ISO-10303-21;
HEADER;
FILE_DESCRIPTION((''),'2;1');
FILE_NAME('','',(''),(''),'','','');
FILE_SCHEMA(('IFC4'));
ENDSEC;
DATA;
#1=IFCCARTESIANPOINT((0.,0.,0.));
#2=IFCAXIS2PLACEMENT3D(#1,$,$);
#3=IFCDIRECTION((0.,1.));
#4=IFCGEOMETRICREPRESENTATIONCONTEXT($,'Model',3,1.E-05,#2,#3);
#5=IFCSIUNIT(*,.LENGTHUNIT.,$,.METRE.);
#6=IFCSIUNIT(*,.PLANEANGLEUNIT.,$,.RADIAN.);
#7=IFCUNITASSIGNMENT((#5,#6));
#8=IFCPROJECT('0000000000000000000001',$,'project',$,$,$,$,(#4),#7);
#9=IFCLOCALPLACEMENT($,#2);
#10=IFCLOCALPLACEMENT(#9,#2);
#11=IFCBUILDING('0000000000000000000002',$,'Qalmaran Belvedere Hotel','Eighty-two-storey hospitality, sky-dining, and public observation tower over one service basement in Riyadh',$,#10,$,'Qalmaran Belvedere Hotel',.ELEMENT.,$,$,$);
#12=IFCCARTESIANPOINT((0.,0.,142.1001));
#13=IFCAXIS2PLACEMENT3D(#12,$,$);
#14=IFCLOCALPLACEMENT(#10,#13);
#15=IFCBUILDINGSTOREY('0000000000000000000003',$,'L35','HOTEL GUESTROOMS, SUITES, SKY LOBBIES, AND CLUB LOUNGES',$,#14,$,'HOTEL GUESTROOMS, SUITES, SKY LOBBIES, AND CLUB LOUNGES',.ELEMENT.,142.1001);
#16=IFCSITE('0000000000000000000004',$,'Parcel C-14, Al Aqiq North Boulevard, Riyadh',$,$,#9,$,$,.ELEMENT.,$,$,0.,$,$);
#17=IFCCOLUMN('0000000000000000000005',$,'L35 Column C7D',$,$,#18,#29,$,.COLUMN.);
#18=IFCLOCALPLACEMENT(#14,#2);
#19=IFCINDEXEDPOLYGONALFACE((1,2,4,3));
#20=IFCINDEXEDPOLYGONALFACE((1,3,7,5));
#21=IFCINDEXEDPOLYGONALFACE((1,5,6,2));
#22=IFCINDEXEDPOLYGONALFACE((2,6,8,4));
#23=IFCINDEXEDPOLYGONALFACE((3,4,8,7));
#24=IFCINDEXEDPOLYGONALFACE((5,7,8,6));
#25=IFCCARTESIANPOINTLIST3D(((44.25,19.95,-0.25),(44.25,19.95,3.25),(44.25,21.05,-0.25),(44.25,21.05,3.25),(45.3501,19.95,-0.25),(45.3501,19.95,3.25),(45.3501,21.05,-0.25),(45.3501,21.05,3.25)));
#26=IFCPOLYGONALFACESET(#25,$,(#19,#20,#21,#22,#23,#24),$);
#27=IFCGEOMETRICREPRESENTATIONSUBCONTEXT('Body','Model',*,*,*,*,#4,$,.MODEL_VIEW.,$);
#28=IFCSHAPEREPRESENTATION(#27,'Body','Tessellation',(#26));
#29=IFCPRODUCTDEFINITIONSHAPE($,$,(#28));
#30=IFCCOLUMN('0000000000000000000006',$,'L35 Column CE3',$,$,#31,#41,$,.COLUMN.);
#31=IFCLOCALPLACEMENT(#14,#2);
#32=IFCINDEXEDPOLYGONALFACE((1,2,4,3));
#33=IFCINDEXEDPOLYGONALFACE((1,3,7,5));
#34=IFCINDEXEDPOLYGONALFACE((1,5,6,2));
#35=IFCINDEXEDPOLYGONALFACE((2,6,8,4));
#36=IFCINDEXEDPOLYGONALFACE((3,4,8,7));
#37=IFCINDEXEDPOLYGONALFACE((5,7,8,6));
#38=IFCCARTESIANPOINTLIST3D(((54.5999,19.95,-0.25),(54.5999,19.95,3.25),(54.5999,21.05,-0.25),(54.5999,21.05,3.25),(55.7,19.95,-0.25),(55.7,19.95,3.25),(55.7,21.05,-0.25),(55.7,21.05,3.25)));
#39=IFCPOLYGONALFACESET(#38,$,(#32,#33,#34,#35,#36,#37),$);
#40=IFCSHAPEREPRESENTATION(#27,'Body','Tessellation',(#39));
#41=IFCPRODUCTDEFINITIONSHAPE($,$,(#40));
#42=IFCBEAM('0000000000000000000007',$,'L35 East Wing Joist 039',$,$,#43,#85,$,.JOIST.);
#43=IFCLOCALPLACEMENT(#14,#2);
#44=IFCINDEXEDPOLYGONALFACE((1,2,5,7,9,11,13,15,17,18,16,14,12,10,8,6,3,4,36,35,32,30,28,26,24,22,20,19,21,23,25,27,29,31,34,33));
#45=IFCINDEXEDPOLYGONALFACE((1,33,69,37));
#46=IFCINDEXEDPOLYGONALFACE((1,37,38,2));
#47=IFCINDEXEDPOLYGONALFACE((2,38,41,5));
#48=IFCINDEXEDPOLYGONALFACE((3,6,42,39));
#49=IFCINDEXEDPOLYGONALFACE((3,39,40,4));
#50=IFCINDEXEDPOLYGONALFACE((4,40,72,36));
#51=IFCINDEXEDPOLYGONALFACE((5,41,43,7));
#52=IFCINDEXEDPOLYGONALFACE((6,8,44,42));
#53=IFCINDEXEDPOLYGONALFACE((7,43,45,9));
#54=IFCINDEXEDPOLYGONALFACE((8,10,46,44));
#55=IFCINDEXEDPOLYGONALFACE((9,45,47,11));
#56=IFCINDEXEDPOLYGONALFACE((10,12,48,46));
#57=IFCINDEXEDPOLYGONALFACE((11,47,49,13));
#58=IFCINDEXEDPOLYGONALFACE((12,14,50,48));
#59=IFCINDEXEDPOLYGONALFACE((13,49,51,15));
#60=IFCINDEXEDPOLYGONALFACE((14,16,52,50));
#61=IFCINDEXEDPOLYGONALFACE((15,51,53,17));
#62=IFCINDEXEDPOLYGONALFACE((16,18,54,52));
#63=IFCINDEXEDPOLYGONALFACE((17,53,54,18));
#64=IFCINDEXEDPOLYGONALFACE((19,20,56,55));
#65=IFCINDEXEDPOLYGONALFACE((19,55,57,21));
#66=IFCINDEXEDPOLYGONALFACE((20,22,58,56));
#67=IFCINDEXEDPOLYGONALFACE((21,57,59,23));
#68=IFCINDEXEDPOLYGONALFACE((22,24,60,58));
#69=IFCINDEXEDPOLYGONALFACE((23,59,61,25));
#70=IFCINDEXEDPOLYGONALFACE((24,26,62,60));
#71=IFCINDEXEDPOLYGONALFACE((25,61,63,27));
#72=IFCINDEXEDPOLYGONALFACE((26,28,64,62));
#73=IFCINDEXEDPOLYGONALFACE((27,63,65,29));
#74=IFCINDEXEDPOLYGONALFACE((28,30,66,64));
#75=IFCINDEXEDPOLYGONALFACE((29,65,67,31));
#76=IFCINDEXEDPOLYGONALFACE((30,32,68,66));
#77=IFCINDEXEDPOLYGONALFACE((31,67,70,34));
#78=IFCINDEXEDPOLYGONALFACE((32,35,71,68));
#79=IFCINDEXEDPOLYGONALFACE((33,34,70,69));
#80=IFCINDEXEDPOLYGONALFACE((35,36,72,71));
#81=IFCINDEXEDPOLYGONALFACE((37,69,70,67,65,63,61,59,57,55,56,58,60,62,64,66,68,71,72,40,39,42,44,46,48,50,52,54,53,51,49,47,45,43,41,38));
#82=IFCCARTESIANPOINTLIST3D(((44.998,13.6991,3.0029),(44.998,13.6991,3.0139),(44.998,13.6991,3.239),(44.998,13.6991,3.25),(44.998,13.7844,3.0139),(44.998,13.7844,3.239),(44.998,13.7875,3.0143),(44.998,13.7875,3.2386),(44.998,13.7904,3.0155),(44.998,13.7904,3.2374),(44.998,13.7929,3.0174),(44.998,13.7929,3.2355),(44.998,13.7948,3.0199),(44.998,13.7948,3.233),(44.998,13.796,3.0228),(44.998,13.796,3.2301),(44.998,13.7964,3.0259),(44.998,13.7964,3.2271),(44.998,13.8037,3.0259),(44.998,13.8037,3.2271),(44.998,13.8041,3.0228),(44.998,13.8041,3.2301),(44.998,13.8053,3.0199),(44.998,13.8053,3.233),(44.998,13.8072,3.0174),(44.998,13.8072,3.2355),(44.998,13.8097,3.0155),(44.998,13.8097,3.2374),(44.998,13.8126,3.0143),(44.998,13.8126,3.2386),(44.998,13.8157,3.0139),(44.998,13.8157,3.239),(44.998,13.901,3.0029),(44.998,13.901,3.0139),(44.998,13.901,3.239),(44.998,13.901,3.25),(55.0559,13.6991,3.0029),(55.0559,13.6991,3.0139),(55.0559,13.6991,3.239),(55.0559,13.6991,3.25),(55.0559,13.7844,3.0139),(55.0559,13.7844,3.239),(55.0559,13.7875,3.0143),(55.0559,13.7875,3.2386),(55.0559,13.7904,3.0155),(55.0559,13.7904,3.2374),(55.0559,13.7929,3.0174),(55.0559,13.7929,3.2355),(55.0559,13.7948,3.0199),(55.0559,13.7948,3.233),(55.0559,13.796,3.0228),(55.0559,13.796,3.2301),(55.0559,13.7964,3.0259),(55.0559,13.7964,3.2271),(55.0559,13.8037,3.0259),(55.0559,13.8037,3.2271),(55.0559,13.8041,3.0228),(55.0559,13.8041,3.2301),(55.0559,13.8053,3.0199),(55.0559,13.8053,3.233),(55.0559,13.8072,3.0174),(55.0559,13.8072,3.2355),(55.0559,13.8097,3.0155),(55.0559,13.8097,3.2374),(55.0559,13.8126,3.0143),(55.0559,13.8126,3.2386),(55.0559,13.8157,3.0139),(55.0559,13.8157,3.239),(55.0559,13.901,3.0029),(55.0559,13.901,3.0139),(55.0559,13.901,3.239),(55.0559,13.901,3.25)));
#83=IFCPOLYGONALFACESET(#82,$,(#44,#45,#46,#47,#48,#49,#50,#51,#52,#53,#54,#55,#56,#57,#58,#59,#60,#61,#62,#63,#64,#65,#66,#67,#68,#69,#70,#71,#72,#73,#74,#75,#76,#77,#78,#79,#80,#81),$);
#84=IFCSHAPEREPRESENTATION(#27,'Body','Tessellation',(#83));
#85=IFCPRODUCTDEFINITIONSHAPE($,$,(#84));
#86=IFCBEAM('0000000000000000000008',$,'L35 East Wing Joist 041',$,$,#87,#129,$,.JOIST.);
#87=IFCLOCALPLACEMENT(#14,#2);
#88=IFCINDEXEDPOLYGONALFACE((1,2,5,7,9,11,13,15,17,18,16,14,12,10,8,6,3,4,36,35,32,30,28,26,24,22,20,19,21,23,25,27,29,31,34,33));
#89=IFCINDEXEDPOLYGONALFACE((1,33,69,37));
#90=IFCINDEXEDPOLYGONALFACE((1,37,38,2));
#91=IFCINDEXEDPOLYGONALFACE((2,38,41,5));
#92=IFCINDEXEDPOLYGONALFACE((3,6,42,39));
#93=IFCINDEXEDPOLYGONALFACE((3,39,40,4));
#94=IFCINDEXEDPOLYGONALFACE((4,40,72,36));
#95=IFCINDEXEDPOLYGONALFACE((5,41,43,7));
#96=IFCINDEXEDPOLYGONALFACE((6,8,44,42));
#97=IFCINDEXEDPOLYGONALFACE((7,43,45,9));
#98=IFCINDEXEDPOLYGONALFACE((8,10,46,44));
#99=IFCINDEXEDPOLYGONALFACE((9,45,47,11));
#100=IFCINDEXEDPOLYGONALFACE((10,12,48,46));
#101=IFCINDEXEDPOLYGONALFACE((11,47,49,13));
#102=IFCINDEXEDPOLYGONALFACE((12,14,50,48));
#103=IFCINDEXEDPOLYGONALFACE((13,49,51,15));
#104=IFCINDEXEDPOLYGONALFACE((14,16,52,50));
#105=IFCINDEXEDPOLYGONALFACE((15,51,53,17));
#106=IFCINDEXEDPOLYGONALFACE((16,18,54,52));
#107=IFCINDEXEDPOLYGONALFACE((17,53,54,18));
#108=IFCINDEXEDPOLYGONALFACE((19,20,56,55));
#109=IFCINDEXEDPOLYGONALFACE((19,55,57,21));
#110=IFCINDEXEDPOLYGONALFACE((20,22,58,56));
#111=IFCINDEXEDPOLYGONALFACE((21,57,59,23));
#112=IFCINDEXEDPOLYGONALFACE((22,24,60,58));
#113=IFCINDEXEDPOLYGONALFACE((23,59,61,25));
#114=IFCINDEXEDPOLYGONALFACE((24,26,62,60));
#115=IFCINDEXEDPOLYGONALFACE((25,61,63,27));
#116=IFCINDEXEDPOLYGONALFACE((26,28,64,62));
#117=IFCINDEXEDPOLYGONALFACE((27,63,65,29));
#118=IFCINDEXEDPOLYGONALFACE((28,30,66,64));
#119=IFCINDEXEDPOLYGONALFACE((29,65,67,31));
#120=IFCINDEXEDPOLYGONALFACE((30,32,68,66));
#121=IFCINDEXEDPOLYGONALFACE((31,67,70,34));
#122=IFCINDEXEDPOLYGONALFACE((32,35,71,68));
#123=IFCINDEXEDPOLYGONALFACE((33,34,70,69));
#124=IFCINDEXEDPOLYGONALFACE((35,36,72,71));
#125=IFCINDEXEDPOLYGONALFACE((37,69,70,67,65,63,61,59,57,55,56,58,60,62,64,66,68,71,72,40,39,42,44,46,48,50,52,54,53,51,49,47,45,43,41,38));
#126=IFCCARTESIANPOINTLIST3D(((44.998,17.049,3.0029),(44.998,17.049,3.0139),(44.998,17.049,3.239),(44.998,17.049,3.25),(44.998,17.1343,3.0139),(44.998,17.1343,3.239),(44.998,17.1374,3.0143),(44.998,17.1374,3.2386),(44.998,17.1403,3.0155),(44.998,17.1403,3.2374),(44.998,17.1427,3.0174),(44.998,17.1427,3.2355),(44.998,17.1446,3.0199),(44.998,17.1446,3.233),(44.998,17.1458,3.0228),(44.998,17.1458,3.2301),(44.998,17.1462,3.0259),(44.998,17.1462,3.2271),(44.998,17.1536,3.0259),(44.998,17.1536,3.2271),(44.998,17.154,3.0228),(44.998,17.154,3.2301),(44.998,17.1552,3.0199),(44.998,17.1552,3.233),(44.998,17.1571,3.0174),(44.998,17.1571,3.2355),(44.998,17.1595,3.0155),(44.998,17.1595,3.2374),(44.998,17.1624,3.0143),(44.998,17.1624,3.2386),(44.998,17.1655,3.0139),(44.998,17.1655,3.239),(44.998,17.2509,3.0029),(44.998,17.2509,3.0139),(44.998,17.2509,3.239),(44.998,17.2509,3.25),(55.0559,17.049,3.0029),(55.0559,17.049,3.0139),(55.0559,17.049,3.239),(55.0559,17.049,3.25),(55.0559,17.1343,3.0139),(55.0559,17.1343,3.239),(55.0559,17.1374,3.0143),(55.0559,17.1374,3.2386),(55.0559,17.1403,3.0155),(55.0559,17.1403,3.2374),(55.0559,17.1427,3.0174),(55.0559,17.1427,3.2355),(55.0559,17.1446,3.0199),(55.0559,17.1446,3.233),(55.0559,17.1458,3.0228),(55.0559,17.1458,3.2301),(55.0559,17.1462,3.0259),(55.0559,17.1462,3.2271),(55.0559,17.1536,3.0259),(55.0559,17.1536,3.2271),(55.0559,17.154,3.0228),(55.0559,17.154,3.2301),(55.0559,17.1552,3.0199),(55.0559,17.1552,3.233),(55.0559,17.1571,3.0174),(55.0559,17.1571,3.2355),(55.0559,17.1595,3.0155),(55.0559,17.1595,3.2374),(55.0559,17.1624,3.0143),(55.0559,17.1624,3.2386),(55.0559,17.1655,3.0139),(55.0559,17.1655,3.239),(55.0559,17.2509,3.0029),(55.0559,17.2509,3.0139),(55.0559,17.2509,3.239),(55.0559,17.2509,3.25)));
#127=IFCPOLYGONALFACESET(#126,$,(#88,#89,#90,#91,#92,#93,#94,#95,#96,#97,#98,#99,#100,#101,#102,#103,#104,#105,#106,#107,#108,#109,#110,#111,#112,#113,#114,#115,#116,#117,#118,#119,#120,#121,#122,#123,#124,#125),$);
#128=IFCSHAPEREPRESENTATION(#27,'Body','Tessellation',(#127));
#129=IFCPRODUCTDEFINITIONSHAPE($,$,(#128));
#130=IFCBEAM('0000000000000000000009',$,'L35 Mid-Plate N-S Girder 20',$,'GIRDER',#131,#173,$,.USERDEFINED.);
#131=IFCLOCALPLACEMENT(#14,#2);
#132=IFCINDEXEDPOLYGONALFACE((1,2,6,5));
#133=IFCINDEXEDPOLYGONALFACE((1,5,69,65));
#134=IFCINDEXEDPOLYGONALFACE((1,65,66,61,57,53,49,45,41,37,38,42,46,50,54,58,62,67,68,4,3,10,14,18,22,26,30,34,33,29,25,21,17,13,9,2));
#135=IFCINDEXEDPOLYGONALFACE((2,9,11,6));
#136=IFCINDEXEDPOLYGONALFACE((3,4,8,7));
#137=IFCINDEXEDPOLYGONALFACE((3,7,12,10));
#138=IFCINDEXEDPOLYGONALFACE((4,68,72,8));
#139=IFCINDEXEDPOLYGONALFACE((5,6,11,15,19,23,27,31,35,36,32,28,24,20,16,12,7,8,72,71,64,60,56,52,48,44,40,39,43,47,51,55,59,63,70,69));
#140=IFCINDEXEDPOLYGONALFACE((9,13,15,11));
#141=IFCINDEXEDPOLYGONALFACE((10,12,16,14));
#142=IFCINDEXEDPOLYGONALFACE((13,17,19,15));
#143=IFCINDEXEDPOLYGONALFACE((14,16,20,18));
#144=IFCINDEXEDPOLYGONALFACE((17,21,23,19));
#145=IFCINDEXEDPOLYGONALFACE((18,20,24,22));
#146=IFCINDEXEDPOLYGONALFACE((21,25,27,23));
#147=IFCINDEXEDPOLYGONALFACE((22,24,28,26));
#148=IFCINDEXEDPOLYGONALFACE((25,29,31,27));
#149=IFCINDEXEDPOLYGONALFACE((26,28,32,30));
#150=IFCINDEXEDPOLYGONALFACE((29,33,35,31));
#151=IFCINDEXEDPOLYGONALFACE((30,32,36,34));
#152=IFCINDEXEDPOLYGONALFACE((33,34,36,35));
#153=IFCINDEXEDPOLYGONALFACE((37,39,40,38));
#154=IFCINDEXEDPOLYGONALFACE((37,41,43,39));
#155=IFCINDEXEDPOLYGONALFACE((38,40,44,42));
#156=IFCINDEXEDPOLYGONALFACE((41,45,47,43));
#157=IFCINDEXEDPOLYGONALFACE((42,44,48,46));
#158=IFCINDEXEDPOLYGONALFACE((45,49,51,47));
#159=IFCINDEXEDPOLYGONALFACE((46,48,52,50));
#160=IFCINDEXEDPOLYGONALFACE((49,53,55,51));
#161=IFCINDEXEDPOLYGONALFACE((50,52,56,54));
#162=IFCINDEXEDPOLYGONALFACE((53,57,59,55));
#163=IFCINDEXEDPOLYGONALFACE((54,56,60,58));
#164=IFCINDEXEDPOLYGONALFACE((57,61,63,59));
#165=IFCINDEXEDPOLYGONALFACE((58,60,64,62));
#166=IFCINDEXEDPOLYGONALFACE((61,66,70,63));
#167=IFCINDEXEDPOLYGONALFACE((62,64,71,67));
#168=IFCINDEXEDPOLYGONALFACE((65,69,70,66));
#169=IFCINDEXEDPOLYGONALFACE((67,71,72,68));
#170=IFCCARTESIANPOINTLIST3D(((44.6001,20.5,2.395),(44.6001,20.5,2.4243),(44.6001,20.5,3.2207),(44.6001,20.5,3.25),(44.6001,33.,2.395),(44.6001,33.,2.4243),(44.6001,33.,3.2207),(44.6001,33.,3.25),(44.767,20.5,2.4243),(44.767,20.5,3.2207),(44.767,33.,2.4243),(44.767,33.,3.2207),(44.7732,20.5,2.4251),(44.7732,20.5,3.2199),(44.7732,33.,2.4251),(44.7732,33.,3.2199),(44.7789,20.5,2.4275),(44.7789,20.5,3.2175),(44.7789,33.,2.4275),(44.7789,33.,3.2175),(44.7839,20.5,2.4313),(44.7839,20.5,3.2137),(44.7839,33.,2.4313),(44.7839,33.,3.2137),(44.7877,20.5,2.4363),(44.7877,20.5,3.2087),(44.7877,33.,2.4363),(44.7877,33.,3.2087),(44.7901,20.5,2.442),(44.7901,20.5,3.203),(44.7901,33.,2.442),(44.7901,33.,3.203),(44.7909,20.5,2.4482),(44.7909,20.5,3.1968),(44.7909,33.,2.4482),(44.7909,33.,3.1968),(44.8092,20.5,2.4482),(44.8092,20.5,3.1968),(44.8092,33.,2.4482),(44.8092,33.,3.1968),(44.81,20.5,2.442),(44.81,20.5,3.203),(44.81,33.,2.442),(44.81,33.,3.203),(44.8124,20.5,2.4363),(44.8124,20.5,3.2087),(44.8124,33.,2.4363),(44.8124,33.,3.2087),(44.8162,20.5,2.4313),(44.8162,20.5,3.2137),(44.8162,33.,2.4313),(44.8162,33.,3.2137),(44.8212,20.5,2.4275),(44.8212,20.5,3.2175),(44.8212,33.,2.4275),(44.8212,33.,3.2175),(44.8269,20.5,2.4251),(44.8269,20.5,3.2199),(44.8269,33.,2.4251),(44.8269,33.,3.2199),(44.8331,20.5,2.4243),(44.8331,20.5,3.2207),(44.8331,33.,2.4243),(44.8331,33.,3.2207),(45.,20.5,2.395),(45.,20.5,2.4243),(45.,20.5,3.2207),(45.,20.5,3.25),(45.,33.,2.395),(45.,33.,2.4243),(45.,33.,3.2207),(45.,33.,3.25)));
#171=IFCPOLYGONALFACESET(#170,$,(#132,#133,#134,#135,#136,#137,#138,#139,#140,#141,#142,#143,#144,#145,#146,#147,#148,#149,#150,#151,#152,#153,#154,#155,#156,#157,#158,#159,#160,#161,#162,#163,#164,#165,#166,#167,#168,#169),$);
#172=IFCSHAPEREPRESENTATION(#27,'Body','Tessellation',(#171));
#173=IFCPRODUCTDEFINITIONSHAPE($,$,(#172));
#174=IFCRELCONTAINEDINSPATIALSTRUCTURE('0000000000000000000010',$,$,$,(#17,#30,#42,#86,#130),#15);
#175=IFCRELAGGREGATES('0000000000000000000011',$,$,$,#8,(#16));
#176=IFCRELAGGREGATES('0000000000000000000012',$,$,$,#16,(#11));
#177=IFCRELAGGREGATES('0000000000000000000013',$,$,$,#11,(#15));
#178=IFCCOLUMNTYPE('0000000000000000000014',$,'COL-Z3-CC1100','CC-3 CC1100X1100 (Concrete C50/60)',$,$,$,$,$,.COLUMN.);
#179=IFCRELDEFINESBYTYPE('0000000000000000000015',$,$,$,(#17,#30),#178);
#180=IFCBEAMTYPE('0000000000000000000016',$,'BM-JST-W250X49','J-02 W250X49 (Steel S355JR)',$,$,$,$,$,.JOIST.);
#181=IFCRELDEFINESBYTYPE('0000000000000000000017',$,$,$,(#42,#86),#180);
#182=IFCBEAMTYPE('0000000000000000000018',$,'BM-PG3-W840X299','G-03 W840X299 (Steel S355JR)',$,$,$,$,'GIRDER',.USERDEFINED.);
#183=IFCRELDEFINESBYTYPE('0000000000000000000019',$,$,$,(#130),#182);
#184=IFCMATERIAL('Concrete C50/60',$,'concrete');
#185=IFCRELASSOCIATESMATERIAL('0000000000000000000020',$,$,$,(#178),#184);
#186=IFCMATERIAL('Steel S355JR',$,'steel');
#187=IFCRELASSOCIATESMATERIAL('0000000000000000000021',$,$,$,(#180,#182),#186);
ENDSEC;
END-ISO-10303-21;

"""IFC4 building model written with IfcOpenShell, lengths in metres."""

from ifc_helpers import new_model, si_unit, direction, frame, origin, origin_2d, place, context, subcontext, project, spatial, rectangle, i_section, extrude, material, material_profile, profile_set, type_object, element, save


model = new_model("IFC4")

# Units and contexts
model_context = context("Model", 3, precision=1e-05, world=origin(), true_north=direction((0.0, 1.0)))
body_context = subcontext(model_context, "Body", "Model", "MODEL_VIEW")
ifc_project = project(units=[si_unit("LENGTHUNIT", "METRE"), si_unit("PLANEANGLEUNIT", "RADIAN")], contexts=[model_context])

# Site, building, storey
site_placement = place(None, origin())
site = spatial("IfcSite", under=ifc_project, at=site_placement, Name="Parcel C-14, Al Aqiq North Boulevard, Riyadh", CompositionType="ELEMENT", RefElevation=0.0)
building_placement = place(site_placement, origin())
building = spatial("IfcBuilding", under=site, at=building_placement, Name="Qalmaran Belvedere Hotel", Description="Eighty-two-storey hospitality, sky-dining, and public observation tower over one service basement in Riyadh", LongName="Qalmaran Belvedere Hotel", CompositionType="ELEMENT")
storey_placement = place(building_placement, frame((0.0, 0.0, 142.1001)))
storey = spatial("IfcBuildingStorey", under=building, at=storey_placement, Name="L35", Description="HOTEL GUESTROOMS, SUITES, SKY LOBBIES, AND CLUB LOUNGES", LongName="HOTEL GUESTROOMS, SUITES, SKY LOBBIES, AND CLUB LOUNGES", CompositionType="ELEMENT", Elevation=142.1001)

# Columns
ifc_material_1 = material(Name="Concrete C50/60", Category="concrete")
ifc_material_profile_1 = material_profile(ifc_material_1, rectangle(XDim=1.1001, YDim=1.1001, at=origin_2d()), Name="CC1100X1100")
ifc_profile_set_1 = profile_set([ifc_material_profile_1], Name="Concrete C50/60")
column_type = type_object("IfcColumnType", Name="COL-Z3-CC1100", Description="CC-3 CC1100X1100 (Concrete C50/60)", PredefinedType="COLUMN", material=ifc_profile_set_1)
for number, where, z_axis, x_axis, name in (
    (1, (44.8, 20.5, -0.25), (0.0, 0.0, 1.0), (1.0, 0.0, 0.0), "L35 Column C7D"),
    (2, (55.1499, 20.5, -0.25), (0.0, 0.0, 1.0), (1.0, 0.0, 0.0), "L35 Column CE3"),
):
    element("IfcColumn", number, at=place(storey_placement, frame(where, z_axis=z_axis, x_axis=x_axis)), inside=storey, type_object=column_type, Name=name, PredefinedType="COLUMN", context=body_context, shape_type="SweptSolid", body=[
        extrude(rectangle(XDim=1.1001, YDim=1.1001, at=origin_2d()), origin(), (0.0, 0.0, 1.0), 3.5),
    ])

# Beams
ifc_material_2 = material(Name="Steel S355JR", Category="steel")
ifc_material_profile_2 = material_profile(ifc_material_2, i_section(OverallWidth=0.2019, OverallDepth=0.2471, WebThickness=0.0073, FlangeThickness=0.011, FilletRadius=0.012, at=origin_2d()), Name="W250X49")
ifc_profile_set_2 = profile_set([ifc_material_profile_2], Name="Steel S355JR")
beam_type_1 = type_object("IfcBeamType", Name="BM-JST-W250X49", Description="J-02 W250X49 (Steel S355JR)", PredefinedType="JOIST", material=ifc_profile_set_2)
for number, where, z_axis, x_axis, name in (
    (3, (44.998, 13.8, 3.1265), (1.0, 0.0, 0.0), (0.0, 1.0, 0.0), "L35 East Wing Joist 039"),
    (4, (44.998, 17.1499, 3.1265), (1.0, 0.0, 0.0), (0.0, 1.0, 0.0), "L35 East Wing Joist 041"),
):
    element("IfcBeam", number, at=place(storey_placement, frame(where, z_axis=z_axis, x_axis=x_axis)), inside=storey, type_object=beam_type_1, Name=name, PredefinedType="JOIST", context=body_context, shape_type="SweptSolid", body=[
        extrude(i_section(OverallWidth=0.2019, OverallDepth=0.2471, WebThickness=0.0073, FlangeThickness=0.011, FilletRadius=0.012, at=origin_2d()), origin(), (0.0, 0.0, 1.0), 10.0579),
    ])
ifc_material_profile_3 = material_profile(ifc_material_2, i_section(OverallWidth=0.3999, OverallDepth=0.855, WebThickness=0.0183, FlangeThickness=0.0293, FilletRadius=0.0239, at=origin_2d()), Name="W840X299")
ifc_profile_set_3 = profile_set([ifc_material_profile_3], Name="Steel S355JR")
beam_type_2 = type_object("IfcBeamType", Name="BM-PG3-W840X299", Description="G-03 W840X299 (Steel S355JR)", ElementType="GIRDER", PredefinedType="USERDEFINED", material=ifc_profile_set_3)
beam_1_placement = place(storey_placement, frame((44.8, 20.5, 2.8225), z_axis=(0.0, 1.0, 0.0), x_axis=(-1.0, 0.0, 0.0)))
element("IfcBeam", 5, at=beam_1_placement, inside=storey, type_object=beam_type_2, Name="L35 Mid-Plate N-S Girder 20", ObjectType="GIRDER", PredefinedType="USERDEFINED", context=body_context, shape_type="SweptSolid", body=[
    extrude(i_section(OverallWidth=0.3999, OverallDepth=0.855, WebThickness=0.0183, FlangeThickness=0.0293, FilletRadius=0.0239, at=origin_2d()), origin(), (0.0, 0.0, 1.0), 12.5),
])

save(model, "model.ifc")
